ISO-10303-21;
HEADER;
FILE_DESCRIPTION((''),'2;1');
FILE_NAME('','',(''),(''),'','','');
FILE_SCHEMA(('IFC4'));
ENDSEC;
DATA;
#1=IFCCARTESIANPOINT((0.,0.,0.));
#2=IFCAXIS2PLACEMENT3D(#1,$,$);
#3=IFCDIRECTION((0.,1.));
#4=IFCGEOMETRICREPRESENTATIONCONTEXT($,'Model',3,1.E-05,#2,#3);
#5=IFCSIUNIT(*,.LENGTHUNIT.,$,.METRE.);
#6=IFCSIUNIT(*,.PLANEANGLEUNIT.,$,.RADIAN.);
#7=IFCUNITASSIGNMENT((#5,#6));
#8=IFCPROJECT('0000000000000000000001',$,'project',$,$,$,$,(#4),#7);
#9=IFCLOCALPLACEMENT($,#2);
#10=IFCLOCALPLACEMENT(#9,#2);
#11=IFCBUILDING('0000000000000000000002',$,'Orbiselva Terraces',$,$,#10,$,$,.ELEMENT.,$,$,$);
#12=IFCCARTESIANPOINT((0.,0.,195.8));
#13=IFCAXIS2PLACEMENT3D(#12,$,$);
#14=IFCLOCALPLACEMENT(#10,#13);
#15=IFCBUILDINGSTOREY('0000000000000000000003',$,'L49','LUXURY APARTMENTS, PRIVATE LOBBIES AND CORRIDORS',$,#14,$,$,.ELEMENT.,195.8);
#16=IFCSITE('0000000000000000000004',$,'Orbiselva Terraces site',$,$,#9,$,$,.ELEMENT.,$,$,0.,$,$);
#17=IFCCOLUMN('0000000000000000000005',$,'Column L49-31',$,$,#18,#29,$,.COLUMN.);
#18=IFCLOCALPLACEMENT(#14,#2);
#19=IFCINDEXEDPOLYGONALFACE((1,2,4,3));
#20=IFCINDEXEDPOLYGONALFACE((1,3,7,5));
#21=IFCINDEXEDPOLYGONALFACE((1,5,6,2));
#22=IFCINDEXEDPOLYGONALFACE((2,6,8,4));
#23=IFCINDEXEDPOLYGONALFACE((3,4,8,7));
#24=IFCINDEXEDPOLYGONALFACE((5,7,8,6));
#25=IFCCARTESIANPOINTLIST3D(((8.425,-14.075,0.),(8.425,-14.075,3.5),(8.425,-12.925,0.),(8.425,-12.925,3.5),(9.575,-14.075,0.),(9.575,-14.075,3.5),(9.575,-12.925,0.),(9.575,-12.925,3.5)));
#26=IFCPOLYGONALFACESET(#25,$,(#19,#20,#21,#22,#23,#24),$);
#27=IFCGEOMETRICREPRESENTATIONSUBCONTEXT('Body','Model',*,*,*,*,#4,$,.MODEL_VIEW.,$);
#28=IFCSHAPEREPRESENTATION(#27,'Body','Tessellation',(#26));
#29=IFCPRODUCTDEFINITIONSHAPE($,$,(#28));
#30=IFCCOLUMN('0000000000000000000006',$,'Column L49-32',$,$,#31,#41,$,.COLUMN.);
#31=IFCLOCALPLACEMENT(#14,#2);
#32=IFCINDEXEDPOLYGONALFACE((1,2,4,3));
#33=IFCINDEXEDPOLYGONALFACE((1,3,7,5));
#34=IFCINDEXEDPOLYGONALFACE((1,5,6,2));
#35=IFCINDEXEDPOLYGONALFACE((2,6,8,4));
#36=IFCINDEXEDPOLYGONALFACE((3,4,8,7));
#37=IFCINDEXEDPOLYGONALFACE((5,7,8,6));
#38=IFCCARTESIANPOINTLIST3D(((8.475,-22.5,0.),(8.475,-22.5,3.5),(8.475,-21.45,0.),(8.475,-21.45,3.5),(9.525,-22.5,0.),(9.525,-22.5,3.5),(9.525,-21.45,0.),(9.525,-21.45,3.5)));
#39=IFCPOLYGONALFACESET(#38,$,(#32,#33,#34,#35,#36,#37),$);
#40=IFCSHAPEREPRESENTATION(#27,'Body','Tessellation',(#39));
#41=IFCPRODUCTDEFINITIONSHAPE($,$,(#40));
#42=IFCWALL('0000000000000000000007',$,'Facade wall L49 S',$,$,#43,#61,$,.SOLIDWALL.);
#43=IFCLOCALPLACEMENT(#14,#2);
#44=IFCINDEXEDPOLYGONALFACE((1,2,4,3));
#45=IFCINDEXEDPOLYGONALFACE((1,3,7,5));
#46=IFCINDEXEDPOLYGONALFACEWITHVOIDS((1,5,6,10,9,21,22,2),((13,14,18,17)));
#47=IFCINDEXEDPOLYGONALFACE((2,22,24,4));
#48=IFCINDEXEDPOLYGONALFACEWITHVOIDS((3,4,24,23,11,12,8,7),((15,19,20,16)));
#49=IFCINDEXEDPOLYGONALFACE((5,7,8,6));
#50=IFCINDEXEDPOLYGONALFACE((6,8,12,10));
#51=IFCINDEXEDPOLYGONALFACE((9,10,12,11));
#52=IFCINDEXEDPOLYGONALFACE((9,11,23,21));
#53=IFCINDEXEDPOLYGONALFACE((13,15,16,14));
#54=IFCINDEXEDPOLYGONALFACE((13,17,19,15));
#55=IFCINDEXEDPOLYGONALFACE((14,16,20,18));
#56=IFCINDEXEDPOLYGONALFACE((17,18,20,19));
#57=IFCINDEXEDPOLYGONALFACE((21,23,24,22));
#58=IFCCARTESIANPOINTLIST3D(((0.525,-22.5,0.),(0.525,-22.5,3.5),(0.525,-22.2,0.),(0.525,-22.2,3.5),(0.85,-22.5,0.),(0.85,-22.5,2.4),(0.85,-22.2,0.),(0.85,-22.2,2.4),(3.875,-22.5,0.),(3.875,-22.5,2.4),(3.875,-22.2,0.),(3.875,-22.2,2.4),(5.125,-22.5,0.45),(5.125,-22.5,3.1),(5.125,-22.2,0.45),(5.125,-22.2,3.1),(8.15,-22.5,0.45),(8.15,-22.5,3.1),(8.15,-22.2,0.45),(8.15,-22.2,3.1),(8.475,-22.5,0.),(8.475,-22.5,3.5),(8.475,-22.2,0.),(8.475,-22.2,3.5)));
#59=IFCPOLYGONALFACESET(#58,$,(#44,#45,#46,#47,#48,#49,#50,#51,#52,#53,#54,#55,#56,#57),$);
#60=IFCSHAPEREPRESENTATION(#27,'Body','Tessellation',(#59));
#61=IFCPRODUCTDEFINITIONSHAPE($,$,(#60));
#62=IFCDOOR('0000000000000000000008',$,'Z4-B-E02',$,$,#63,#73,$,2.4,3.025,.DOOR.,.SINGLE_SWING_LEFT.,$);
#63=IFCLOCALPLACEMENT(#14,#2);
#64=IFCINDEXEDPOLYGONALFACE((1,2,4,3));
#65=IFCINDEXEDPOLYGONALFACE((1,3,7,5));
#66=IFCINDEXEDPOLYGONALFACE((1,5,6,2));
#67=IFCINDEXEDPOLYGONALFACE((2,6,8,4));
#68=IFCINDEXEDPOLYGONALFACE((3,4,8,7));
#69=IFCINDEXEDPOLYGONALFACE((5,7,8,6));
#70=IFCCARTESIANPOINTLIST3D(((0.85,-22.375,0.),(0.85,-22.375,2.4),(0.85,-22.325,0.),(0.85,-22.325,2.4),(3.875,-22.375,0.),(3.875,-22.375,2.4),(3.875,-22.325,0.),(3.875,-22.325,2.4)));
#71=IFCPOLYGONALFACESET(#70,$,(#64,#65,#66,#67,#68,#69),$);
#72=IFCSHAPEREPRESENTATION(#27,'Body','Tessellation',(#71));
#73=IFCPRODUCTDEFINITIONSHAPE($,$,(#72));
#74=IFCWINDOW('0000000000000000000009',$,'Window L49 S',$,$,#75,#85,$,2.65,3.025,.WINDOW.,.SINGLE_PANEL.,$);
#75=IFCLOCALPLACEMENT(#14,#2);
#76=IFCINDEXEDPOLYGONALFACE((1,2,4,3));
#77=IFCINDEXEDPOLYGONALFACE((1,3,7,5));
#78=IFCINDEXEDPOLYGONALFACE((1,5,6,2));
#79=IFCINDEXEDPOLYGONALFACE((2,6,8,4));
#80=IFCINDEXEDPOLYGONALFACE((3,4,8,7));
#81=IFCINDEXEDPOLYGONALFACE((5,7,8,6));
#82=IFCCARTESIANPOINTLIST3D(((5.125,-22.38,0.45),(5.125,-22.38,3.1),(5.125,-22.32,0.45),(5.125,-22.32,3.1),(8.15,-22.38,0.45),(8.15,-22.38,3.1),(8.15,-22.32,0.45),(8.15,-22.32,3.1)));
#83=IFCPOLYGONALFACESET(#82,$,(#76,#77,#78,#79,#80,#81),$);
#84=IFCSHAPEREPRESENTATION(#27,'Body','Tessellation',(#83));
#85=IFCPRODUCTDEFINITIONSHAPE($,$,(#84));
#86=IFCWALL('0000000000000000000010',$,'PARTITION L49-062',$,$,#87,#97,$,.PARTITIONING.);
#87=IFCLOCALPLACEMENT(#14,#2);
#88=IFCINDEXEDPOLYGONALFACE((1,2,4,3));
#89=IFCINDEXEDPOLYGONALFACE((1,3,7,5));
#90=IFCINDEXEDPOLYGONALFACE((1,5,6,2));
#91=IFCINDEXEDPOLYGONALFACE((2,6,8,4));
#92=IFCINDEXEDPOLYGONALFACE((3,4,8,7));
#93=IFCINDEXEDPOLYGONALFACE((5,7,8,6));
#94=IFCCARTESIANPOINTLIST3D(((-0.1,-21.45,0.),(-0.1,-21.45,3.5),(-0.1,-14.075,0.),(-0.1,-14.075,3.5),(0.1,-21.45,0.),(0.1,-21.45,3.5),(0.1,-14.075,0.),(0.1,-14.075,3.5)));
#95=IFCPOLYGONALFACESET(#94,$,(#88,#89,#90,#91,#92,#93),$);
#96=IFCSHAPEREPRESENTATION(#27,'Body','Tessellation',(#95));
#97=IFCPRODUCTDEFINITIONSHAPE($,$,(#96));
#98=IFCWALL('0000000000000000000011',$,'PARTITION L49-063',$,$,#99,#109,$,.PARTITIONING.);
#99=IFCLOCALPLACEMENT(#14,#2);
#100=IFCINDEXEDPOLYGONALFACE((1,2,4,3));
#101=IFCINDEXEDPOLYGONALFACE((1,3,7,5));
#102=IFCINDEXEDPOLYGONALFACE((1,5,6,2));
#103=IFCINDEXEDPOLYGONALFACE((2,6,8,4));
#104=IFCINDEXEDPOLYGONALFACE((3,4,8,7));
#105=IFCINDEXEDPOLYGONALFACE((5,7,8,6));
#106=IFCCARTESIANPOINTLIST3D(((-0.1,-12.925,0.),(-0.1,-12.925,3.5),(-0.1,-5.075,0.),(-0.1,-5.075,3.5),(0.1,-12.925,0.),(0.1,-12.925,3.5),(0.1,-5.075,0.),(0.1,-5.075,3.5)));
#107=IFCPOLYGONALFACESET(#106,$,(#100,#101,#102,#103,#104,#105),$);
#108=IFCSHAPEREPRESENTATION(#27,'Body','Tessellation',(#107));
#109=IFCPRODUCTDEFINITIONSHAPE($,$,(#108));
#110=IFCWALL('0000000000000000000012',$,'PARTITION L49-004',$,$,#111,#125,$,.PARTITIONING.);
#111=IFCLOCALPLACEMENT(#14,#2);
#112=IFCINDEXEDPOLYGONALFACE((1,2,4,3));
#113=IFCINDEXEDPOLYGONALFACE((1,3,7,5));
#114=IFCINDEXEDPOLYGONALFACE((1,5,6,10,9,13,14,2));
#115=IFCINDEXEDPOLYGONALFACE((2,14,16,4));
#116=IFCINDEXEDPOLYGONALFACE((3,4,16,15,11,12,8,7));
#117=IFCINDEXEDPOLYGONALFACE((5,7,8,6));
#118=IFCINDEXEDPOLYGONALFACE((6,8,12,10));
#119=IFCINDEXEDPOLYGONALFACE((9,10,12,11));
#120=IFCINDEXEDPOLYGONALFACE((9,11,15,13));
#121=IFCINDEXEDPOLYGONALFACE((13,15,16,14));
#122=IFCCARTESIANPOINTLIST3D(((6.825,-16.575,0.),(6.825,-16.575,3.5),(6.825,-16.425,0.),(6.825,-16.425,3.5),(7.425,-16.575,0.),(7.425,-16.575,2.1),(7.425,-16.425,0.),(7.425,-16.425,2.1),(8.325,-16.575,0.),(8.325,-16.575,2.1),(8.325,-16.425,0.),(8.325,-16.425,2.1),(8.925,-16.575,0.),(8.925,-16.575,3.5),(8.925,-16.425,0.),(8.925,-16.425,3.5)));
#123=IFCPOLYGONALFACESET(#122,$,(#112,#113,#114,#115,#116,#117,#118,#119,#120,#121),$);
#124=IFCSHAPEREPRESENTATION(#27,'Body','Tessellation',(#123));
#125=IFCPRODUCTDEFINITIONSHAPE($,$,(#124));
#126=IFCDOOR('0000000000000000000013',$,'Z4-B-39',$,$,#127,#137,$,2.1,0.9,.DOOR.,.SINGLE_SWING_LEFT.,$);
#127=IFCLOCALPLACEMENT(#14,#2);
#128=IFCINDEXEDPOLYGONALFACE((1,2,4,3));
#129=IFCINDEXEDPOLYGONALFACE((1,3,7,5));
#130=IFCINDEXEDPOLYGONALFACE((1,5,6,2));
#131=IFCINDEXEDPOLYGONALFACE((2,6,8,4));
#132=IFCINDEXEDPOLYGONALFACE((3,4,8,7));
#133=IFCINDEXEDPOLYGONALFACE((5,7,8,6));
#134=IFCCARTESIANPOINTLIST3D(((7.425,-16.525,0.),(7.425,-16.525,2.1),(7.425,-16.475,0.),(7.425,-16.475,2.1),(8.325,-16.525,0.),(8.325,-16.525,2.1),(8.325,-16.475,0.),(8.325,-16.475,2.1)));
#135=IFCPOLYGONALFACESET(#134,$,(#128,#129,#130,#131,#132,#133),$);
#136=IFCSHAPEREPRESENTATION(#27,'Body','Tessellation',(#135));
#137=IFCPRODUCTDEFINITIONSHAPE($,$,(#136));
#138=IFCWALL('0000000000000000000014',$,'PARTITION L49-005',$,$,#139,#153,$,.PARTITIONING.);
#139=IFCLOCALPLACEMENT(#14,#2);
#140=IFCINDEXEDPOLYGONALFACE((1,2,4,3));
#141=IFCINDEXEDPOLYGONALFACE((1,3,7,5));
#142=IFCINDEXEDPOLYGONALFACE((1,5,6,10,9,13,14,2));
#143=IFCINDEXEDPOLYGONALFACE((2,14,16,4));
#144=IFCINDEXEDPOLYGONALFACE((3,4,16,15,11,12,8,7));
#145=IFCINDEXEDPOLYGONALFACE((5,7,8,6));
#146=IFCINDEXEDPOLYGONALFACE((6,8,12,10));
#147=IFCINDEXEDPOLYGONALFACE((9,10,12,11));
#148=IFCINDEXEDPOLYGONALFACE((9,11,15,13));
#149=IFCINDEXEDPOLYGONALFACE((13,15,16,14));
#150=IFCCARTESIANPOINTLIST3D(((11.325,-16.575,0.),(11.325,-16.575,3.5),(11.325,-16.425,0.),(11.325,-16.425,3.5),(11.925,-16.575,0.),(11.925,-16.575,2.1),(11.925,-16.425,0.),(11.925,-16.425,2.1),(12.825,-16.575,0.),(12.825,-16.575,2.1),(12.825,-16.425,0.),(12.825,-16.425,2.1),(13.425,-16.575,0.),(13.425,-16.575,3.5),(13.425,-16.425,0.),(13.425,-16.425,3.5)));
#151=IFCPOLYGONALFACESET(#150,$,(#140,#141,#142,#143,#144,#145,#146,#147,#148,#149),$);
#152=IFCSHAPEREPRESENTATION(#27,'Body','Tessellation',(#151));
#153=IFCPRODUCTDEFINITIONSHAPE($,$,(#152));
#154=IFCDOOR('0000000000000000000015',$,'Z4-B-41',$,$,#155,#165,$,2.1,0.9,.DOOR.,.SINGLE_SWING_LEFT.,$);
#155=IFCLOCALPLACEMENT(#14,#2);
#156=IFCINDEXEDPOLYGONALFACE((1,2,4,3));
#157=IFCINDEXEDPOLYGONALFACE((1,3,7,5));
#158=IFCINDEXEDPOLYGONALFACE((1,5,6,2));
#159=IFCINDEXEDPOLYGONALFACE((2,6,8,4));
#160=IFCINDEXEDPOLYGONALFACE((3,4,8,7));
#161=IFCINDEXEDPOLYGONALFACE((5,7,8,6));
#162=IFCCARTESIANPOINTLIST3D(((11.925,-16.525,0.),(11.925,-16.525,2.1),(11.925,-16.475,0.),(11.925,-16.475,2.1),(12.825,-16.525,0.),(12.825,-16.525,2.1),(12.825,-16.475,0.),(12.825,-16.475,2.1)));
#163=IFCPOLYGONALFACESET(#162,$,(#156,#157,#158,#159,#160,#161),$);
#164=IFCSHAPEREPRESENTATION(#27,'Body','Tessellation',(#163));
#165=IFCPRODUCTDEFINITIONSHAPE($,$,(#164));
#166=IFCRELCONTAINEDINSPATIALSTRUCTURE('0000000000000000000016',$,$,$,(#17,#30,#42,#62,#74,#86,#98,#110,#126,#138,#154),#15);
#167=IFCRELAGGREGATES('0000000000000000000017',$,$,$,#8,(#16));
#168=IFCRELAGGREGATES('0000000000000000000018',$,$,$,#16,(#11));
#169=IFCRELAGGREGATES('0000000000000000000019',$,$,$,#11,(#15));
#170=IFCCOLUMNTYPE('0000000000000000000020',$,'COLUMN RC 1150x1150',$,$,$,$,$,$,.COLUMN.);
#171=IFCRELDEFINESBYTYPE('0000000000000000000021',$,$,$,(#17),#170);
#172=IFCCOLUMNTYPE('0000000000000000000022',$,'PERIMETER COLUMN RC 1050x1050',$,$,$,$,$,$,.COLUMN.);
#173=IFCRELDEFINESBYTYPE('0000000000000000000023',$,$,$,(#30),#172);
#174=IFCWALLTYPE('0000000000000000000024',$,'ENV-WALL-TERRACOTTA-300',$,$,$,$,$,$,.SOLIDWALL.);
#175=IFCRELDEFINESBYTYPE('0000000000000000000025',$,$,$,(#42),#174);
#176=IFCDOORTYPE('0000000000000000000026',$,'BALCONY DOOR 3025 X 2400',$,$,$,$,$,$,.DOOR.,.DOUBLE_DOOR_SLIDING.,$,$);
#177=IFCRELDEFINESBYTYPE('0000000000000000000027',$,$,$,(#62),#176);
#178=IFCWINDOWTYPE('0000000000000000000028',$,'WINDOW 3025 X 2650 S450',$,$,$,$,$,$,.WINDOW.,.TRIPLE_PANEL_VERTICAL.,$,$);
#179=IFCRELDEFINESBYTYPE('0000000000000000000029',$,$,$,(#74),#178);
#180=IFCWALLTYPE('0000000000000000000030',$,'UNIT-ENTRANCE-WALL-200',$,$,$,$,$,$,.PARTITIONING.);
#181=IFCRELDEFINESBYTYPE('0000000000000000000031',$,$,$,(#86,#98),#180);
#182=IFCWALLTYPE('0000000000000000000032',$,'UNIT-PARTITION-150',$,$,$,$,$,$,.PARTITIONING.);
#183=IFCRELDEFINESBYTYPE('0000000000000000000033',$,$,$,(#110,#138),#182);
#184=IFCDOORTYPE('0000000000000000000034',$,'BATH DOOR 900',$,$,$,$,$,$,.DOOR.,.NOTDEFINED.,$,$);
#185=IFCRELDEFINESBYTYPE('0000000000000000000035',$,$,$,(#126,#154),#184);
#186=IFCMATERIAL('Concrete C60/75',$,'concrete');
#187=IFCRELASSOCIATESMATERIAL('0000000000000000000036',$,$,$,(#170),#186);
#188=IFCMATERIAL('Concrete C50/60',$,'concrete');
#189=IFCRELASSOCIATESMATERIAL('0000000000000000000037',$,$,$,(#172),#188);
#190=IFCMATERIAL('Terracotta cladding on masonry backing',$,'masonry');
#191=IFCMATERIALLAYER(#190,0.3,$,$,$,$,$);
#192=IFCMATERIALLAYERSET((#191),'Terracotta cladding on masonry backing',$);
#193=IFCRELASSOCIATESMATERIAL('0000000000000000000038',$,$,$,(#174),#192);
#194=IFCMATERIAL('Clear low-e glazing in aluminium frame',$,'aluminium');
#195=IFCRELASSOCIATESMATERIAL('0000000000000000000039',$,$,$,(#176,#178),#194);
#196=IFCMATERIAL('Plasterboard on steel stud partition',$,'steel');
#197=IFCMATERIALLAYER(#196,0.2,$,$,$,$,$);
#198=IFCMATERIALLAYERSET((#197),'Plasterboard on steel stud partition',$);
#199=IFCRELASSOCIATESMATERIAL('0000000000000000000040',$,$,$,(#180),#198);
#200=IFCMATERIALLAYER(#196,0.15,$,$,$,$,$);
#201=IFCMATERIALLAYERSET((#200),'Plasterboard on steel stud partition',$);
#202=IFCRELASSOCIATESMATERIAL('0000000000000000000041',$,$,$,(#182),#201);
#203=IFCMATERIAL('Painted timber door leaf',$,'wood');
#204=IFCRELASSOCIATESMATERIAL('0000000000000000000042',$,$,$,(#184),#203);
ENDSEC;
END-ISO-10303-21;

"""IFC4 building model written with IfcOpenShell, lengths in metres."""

from ifc_helpers import new_model, si_unit, direction, frame, frame_2d, origin, origin_2d, place, context, subcontext, project, spatial, rectangle, extrude, material, layer, layer_set, material_profile, profile_set, type_object, element, fill, save


model = new_model("IFC4")

# Units and contexts
model_context = context("Model", 3, precision=1e-05, world=origin(), true_north=direction((0.0, 1.0)))
body_context = subcontext(model_context, "Body", "Model", "MODEL_VIEW")
ifc_project = project(units=[si_unit("LENGTHUNIT", "METRE"), si_unit("PLANEANGLEUNIT", "RADIAN")], contexts=[model_context])

# Site, building, storey
site_placement = place(None, origin())
site = spatial("IfcSite", under=ifc_project, at=site_placement, Name="Orbiselva Terraces site", CompositionType="ELEMENT", RefElevation=0.0)
building_placement = place(site_placement, origin())
building = spatial("IfcBuilding", under=site, at=building_placement, Name="Orbiselva Terraces", CompositionType="ELEMENT")
storey_placement = place(building_placement, frame((0.0, 0.0, 195.8)))
storey = spatial("IfcBuildingStorey", under=building, at=storey_placement, Name="L49", Description="LUXURY APARTMENTS, PRIVATE LOBBIES AND CORRIDORS", CompositionType="ELEMENT", Elevation=195.8)

# Columns
ifc_material_1 = material(Name="Concrete C60/75", Category="concrete")
ifc_material_profile_1 = material_profile(ifc_material_1, rectangle(XDim=1.15, YDim=1.15, at=origin_2d()), Name="RC 1150x1150")
ifc_profile_set_1 = profile_set([ifc_material_profile_1], Name="Concrete C60/75")
column_type_1 = type_object("IfcColumnType", Name="COLUMN RC 1150x1150", PredefinedType="COLUMN", material=ifc_profile_set_1)
column_1_placement = place(storey_placement, frame((9.0, -13.5, 0.0), z_axis=(0.0, 0.0, 1.0), x_axis=(1.0, 0.0, 0.0)))
element("IfcColumn", 1, at=column_1_placement, inside=storey, type_object=column_type_1, Name="Column L49-31", PredefinedType="COLUMN", context=body_context, shape_type="SweptSolid", body=[
    extrude(rectangle(XDim=1.15, YDim=1.15, at=origin_2d()), origin(), (0.0, 0.0, 1.0), 3.5),
])
ifc_material_2 = material(Name="Concrete C50/60", Category="concrete")
ifc_material_profile_2 = material_profile(ifc_material_2, rectangle(XDim=1.05, YDim=1.05, at=origin_2d()), Name="RC 1050x1050")
ifc_profile_set_2 = profile_set([ifc_material_profile_2], Name="Concrete C50/60")
column_type_2 = type_object("IfcColumnType", Name="PERIMETER COLUMN RC 1050x1050", PredefinedType="COLUMN", material=ifc_profile_set_2)
column_2_placement = place(storey_placement, frame((9.0, -21.975, 0.0), z_axis=(0.0, 0.0, 1.0), x_axis=(1.0, 0.0, 0.0)))
element("IfcColumn", 2, at=column_2_placement, inside=storey, type_object=column_type_2, Name="Column L49-32", PredefinedType="COLUMN", context=body_context, shape_type="SweptSolid", body=[
    extrude(rectangle(XDim=1.05, YDim=1.05, at=origin_2d()), origin(), (0.0, 0.0, 1.0), 3.5),
])

# Wall, openings, door, window
ifc_material_3 = material(Name="Terracotta cladding on masonry backing", Category="masonry")
ifc_layer_1 = layer(ifc_material_3, 0.3)
ifc_layer_set_1 = layer_set([ifc_layer_1], Name="Terracotta cladding on masonry backing")
wall_type_1 = type_object("IfcWallType", Name="ENV-WALL-TERRACOTTA-300", PredefinedType="SOLIDWALL", material=ifc_layer_set_1)
wall_1_placement = place(storey_placement, frame((8.475, -22.35, 0.0), z_axis=(0.0, 0.0, 1.0), x_axis=(-1.0, 0.0, 0.0)))
wall_1 = element("IfcWall", 3, at=wall_1_placement, inside=storey, type_object=wall_type_1, Name="Facade wall L49 S", PredefinedType="SOLIDWALL", context=body_context, shape_type="SweptSolid", body=[
    extrude(rectangle(XDim=7.95, YDim=0.3, at=frame_2d((3.975, 0.0))), origin(), (0.0, 0.0, 1.0), 3.5),
])
opening_1_placement = place(wall_1_placement, frame((4.6, 0.0, 0.0)))
opening_1 = element("IfcOpeningElement", 4, at=opening_1_placement, cuts=wall_1, PredefinedType="OPENING", context=body_context, shape_type="SweptSolid", body=[
    extrude(rectangle(XDim=3.025, YDim=2.4, at=frame_2d((1.5125, 1.2))), frame((0.0, 0.16, 0.0), z_axis=(0.0, -1.0, 0.0), x_axis=(1.0, 0.0, 0.0)), (0.0, 0.0, 1.0), 0.32),
])
opening_2_placement = place(wall_1_placement, frame((0.325, 0.0, 0.45)))
opening_2 = element("IfcOpeningElement", 5, at=opening_2_placement, cuts=wall_1, PredefinedType="OPENING", context=body_context, shape_type="SweptSolid", body=[
    extrude(rectangle(XDim=3.025, YDim=2.65, at=frame_2d((1.5125, 1.325))), frame((0.0, 0.16, 0.0), z_axis=(0.0, -1.0, 0.0), x_axis=(1.0, 0.0, 0.0)), (0.0, 0.0, 1.0), 0.32),
])
ifc_material_4 = material(Name="Clear low-e glazing in aluminium frame", Category="aluminium")
door_type_1 = type_object("IfcDoorType", Name="BALCONY DOOR 3025 X 2400", OperationType="DOUBLE_DOOR_SLIDING", PredefinedType="DOOR", material=ifc_material_4)
door_1_placement = place(opening_1_placement, origin())
door_1 = element("IfcDoor", 6, at=door_1_placement, inside=storey, type_object=door_type_1, Name="Z4-B-E02", OperationType="SINGLE_SWING_LEFT", OverallHeight=2.4, OverallWidth=3.025, PredefinedType="DOOR", context=body_context, shape_type="SweptSolid", body=[
    extrude(rectangle(XDim=3.025, YDim=2.4, at=frame_2d((1.5125, 1.2))), frame((0.0, 0.025, 0.0), z_axis=(0.0, -1.0, 0.0), x_axis=(1.0, 0.0, 0.0)), (0.0, 0.0, 1.0), 0.05),
])
fill(opening_1, door_1)
window_type = type_object("IfcWindowType", Name="WINDOW 3025 X 2650 S450", PartitioningType="TRIPLE_PANEL_VERTICAL", PredefinedType="WINDOW", material=ifc_material_4)
window_placement = place(opening_2_placement, origin())
window = element("IfcWindow", 7, at=window_placement, inside=storey, type_object=window_type, Name="Window L49 S", OverallHeight=2.65, OverallWidth=3.025, PartitioningType="SINGLE_PANEL", PredefinedType="WINDOW", context=body_context, shape_type="SweptSolid", body=[
    extrude(rectangle(XDim=3.025, YDim=2.65, at=frame_2d((1.5125, 1.325))), frame((0.0, 0.03, 0.0), z_axis=(0.0, -1.0, 0.0), x_axis=(1.0, 0.0, 0.0)), (0.0, 0.0, 1.0), 0.06),
])
fill(opening_2, window)

# Walls
ifc_material_5 = material(Name="Plasterboard on steel stud partition", Category="steel")
ifc_layer_2 = layer(ifc_material_5, 0.2)
ifc_layer_set_2 = layer_set([ifc_layer_2], Name="Plasterboard on steel stud partition")
wall_type_2 = type_object("IfcWallType", Name="UNIT-ENTRANCE-WALL-200", PredefinedType="PARTITIONING", material=ifc_layer_set_2)
wall_2_placement = place(storey_placement, frame((0.0, -21.45, 0.0), z_axis=(0.0, 0.0, 1.0), x_axis=(0.0, 1.0, 0.0)))
element("IfcWall", 8, at=wall_2_placement, inside=storey, type_object=wall_type_2, Name="PARTITION L49-062", PredefinedType="PARTITIONING", context=body_context, shape_type="SweptSolid", body=[
    extrude(rectangle(XDim=7.375, YDim=0.2, at=frame_2d((3.6875, 0.0))), origin(), (0.0, 0.0, 1.0), 3.5),
])
wall_3_placement = place(storey_placement, frame((0.0, -12.925, 0.0), z_axis=(0.0, 0.0, 1.0), x_axis=(0.0, 1.0, 0.0)))
element("IfcWall", 9, at=wall_3_placement, inside=storey, type_object=wall_type_2, Name="PARTITION L49-063", PredefinedType="PARTITIONING", context=body_context, shape_type="SweptSolid", body=[
    extrude(rectangle(XDim=7.85, YDim=0.2, at=frame_2d((3.925, 0.0))), origin(), (0.0, 0.0, 1.0), 3.5),
])

# Walls, openings, doors
ifc_layer_3 = layer(ifc_material_5, 0.15)
ifc_layer_set_3 = layer_set([ifc_layer_3], Name="Plasterboard on steel stud partition")
wall_type_3 = type_object("IfcWallType", Name="UNIT-PARTITION-150", PredefinedType="PARTITIONING", material=ifc_layer_set_3)
wall_4_placement = place(storey_placement, frame((6.825, -16.5, 0.0), z_axis=(0.0, 0.0, 1.0), x_axis=(1.0, 0.0, 0.0)))
wall_4 = element("IfcWall", 10, at=wall_4_placement, inside=storey, type_object=wall_type_3, Name="PARTITION L49-004", PredefinedType="PARTITIONING", context=body_context, shape_type="SweptSolid", body=[
    extrude(rectangle(XDim=2.1, YDim=0.15, at=frame_2d((1.05, 0.0))), origin(), (0.0, 0.0, 1.0), 3.5),
])
opening_3_placement = place(wall_4_placement, frame((0.6, 0.0, 0.0)))
opening_3 = element("IfcOpeningElement", 11, at=opening_3_placement, cuts=wall_4, PredefinedType="OPENING", context=body_context, shape_type="SweptSolid", body=[
    extrude(rectangle(XDim=0.9, YDim=2.1, at=frame_2d((0.45, 1.05))), frame((0.0, 0.085, 0.0), z_axis=(0.0, -1.0, 0.0), x_axis=(1.0, 0.0, 0.0)), (0.0, 0.0, 1.0), 0.17),
])
ifc_material_6 = material(Name="Painted timber door leaf", Category="wood")
door_type_2 = type_object("IfcDoorType", Name="BATH DOOR 900", OperationType="NOTDEFINED", PredefinedType="DOOR", material=ifc_material_6)
door_2_placement = place(opening_3_placement, origin())
door_2 = element("IfcDoor", 12, at=door_2_placement, inside=storey, type_object=door_type_2, Name="Z4-B-39", OperationType="SINGLE_SWING_LEFT", OverallHeight=2.1, OverallWidth=0.9, PredefinedType="DOOR", context=body_context, shape_type="SweptSolid", body=[
    extrude(rectangle(XDim=0.9, YDim=2.1, at=frame_2d((0.45, 1.05))), frame((0.0, 0.025, 0.0), z_axis=(0.0, -1.0, 0.0), x_axis=(1.0, 0.0, 0.0)), (0.0, 0.0, 1.0), 0.05),
])
fill(opening_3, door_2)
wall_5_placement = place(storey_placement, frame((11.325, -16.5, 0.0), z_axis=(0.0, 0.0, 1.0), x_axis=(1.0, 0.0, 0.0)))
wall_5 = element("IfcWall", 13, at=wall_5_placement, inside=storey, type_object=wall_type_3, Name="PARTITION L49-005", PredefinedType="PARTITIONING", context=body_context, shape_type="SweptSolid", body=[
    extrude(rectangle(XDim=2.1, YDim=0.15, at=frame_2d((1.05, 0.0))), origin(), (0.0, 0.0, 1.0), 3.5),
])
opening_4_placement = place(wall_5_placement, frame((0.6, 0.0, 0.0)))
opening_4 = element("IfcOpeningElement", 14, at=opening_4_placement, cuts=wall_5, PredefinedType="OPENING", context=body_context, shape_type="SweptSolid", body=[
    extrude(rectangle(XDim=0.9, YDim=2.1, at=frame_2d((0.45, 1.05))), frame((0.0, 0.085, 0.0), z_axis=(0.0, -1.0, 0.0), x_axis=(1.0, 0.0, 0.0)), (0.0, 0.0, 1.0), 0.17),
])
door_3_placement = place(opening_4_placement, origin())
door_3 = element("IfcDoor", 15, at=door_3_placement, inside=storey, type_object=door_type_2, Name="Z4-B-41", OperationType="SINGLE_SWING_LEFT", OverallHeight=2.1, OverallWidth=0.9, PredefinedType="DOOR", context=body_context, shape_type="SweptSolid", body=[
    extrude(rectangle(XDim=0.9, YDim=2.1, at=frame_2d((0.45, 1.05))), frame((0.0, 0.025, 0.0), z_axis=(0.0, -1.0, 0.0), x_axis=(1.0, 0.0, 0.0)), (0.0, 0.0, 1.0), 0.05),
])
fill(opening_4, door_3)

save(model, "model.ifc")
